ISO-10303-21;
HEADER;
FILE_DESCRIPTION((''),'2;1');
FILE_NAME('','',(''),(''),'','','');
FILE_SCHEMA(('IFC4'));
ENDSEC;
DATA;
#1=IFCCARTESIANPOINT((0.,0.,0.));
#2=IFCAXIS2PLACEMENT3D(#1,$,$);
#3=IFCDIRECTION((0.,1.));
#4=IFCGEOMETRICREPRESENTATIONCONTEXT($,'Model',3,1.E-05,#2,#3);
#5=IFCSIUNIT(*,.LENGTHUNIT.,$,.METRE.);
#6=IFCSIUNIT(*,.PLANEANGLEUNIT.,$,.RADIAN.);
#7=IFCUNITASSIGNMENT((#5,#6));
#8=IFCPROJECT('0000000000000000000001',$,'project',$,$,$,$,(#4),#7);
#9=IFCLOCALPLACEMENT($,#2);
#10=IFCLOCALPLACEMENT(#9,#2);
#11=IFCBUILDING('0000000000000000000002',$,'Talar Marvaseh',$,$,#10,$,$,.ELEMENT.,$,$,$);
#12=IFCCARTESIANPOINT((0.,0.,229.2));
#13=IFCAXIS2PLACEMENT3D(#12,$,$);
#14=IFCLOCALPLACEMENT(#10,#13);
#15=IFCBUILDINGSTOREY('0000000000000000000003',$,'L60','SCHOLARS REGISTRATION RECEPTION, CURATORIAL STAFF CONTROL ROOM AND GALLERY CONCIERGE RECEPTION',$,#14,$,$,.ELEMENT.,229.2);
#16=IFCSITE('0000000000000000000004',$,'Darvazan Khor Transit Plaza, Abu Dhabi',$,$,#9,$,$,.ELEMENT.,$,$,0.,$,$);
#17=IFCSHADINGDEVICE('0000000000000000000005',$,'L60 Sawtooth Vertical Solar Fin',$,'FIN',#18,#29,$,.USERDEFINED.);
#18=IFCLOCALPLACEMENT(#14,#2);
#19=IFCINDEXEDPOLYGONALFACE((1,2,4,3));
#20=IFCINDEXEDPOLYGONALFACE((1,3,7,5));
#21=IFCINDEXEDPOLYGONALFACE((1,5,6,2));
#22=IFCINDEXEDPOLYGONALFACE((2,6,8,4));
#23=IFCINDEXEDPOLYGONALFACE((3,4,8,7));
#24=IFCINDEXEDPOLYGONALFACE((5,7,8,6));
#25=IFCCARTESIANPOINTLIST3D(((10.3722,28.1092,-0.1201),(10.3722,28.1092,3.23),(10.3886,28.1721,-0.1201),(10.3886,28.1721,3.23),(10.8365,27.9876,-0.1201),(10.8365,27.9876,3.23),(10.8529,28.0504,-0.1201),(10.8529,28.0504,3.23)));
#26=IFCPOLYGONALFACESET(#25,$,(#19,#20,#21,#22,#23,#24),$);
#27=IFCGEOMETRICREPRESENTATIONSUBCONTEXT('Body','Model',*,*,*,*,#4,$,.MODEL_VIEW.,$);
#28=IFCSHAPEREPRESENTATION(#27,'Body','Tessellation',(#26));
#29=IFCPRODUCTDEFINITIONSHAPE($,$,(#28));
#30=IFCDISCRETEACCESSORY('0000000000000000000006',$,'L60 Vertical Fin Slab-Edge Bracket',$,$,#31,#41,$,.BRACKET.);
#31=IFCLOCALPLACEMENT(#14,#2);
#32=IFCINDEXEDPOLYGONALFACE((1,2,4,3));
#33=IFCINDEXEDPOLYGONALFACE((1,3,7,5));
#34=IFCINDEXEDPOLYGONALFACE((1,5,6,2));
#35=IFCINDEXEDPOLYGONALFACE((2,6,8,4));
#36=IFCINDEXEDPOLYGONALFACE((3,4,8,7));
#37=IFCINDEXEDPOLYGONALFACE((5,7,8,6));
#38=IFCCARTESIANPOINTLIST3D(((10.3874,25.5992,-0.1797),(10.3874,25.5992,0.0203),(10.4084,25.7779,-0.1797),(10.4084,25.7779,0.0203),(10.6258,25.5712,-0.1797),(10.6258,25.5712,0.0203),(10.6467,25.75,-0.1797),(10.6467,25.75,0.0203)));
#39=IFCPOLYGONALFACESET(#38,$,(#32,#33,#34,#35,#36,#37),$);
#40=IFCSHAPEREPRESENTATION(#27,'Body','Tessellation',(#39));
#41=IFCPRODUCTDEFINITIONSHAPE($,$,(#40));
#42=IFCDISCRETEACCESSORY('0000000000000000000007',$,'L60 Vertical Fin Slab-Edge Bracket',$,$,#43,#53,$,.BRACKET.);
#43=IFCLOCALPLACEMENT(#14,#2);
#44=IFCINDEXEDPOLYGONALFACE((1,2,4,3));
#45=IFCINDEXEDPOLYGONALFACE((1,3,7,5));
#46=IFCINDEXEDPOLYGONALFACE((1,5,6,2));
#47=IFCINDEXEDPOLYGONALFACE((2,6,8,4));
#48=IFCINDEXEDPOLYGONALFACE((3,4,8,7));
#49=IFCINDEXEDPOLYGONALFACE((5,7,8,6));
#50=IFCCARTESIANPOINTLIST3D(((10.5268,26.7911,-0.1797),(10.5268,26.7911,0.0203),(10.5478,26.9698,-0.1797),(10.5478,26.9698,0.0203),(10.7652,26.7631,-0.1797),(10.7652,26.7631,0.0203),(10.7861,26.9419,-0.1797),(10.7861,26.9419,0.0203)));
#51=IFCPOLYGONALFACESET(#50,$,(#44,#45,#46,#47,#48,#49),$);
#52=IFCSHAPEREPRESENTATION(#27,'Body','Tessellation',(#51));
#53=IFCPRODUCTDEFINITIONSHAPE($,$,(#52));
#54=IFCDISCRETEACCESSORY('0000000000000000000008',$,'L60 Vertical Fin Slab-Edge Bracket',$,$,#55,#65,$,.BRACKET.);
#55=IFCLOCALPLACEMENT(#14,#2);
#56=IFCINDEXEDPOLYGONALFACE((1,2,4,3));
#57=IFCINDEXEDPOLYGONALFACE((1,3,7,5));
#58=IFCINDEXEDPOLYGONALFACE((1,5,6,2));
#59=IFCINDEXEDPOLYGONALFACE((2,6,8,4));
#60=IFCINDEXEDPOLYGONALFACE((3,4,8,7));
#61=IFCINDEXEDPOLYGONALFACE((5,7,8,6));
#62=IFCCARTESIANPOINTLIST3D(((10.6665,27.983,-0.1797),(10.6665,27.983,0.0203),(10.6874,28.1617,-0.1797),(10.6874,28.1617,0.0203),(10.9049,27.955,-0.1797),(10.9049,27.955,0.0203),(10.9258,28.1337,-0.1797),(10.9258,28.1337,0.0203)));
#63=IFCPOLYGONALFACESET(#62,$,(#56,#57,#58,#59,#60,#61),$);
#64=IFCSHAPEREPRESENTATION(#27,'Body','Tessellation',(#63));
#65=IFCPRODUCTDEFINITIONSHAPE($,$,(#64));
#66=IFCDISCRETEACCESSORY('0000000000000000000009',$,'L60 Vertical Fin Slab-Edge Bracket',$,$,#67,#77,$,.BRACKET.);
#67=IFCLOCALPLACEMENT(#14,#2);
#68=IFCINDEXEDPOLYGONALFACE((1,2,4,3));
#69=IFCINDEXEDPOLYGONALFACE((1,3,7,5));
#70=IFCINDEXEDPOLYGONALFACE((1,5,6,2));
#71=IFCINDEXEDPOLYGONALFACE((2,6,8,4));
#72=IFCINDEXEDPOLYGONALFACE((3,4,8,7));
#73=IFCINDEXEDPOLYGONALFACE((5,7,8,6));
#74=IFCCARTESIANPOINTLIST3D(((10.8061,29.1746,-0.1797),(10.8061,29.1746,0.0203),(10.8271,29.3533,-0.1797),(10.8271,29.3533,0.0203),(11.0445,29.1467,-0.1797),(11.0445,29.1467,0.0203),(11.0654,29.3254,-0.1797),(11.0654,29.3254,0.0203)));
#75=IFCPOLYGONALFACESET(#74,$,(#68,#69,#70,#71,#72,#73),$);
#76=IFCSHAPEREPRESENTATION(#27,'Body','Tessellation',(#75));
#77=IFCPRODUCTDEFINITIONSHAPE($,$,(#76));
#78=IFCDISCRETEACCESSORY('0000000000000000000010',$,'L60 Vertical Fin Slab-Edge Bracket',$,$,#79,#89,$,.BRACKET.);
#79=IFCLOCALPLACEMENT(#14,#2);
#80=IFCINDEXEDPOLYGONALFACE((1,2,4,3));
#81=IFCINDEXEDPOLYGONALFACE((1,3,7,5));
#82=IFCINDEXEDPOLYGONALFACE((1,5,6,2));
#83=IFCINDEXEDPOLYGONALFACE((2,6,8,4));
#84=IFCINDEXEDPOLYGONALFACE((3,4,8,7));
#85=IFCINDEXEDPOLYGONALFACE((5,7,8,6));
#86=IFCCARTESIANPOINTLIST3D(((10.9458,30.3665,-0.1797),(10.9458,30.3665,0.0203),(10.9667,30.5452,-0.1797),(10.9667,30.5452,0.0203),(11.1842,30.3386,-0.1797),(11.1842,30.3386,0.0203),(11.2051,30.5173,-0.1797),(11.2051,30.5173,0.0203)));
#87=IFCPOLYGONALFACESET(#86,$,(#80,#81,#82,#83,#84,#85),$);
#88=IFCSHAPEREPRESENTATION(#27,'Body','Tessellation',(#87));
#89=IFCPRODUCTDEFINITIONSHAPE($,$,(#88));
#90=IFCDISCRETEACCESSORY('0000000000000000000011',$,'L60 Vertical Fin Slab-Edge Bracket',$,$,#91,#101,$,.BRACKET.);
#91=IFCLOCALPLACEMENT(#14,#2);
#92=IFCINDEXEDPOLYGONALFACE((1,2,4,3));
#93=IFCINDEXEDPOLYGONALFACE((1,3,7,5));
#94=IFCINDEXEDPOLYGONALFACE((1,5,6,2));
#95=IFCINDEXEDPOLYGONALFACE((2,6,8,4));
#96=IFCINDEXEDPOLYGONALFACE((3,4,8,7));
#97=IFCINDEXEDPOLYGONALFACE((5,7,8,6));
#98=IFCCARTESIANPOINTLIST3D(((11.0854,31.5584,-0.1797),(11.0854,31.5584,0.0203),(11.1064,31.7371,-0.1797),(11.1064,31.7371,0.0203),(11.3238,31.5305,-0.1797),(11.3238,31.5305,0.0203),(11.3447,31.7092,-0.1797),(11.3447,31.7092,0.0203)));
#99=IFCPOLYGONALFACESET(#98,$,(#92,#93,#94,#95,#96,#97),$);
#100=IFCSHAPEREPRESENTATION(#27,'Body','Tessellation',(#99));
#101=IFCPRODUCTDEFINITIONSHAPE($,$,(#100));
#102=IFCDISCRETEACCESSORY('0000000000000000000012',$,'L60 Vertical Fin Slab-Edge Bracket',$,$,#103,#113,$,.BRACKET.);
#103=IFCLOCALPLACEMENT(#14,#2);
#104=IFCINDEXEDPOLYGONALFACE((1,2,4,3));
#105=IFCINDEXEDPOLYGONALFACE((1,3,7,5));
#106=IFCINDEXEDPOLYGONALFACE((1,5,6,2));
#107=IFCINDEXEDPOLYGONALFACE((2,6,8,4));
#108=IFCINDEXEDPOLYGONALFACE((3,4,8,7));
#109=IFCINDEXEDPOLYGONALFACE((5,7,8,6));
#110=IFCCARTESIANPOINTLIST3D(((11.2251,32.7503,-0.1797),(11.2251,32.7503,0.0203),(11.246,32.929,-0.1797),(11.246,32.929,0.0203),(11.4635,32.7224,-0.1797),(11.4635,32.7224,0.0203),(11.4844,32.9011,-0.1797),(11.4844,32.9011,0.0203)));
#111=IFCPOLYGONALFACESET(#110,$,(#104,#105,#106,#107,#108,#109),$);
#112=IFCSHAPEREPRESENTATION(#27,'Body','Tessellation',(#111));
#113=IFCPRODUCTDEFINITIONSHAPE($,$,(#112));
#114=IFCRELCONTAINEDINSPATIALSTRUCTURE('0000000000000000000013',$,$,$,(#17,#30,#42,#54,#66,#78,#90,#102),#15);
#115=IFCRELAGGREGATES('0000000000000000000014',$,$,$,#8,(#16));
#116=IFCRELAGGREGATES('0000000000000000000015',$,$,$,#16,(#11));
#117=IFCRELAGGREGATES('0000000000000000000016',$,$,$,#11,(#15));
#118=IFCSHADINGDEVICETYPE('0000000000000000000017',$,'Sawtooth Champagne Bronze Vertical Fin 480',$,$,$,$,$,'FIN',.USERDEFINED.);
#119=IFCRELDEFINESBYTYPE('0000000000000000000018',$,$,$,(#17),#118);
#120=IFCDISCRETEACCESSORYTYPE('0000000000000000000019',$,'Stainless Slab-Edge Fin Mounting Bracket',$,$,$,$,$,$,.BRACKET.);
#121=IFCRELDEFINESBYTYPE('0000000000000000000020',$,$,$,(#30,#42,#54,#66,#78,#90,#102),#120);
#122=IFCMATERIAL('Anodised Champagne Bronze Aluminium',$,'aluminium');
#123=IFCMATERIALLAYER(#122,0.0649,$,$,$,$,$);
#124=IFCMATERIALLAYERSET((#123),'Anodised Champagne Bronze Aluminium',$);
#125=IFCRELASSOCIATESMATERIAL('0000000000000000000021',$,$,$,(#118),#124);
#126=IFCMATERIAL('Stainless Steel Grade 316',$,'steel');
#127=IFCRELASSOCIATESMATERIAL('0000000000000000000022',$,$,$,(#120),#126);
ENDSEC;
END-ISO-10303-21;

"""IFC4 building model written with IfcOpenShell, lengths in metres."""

from ifc_helpers import new_model, si_unit, direction, frame, origin, origin_2d, place, context, subcontext, project, spatial, rectangle, extrude, source, transform, mapped, material, layer, layer_set, type_object, type_shapes, element, save


model = new_model("IFC4")

# Units and contexts
model_context = context("Model", 3, precision=1e-05, world=origin(), true_north=direction((0.0, 1.0)))
body_context = subcontext(model_context, "Body", "Model", "MODEL_VIEW")
ifc_project = project(units=[si_unit("LENGTHUNIT", "METRE"), si_unit("PLANEANGLEUNIT", "RADIAN")], contexts=[model_context])

# Site, building, storey
site_placement = place(None, origin())
site = spatial("IfcSite", under=ifc_project, at=site_placement, Name="Darvazan Khor Transit Plaza, Abu Dhabi", CompositionType="ELEMENT", RefElevation=0.0)
building_placement = place(site_placement, origin())
building = spatial("IfcBuilding", under=site, at=building_placement, Name="Talar Marvaseh", CompositionType="ELEMENT")
storey_placement = place(building_placement, frame((0.0, 0.0, 229.2)))
storey = spatial("IfcBuildingStorey", under=building, at=storey_placement, Name="L60", Description="SCHOLARS REGISTRATION RECEPTION, CURATORIAL STAFF CONTROL ROOM AND GALLERY CONCIERGE RECEPTION", CompositionType="ELEMENT", Elevation=229.2)

# Shading device
ifc_material_1 = material(Name="Anodised Champagne Bronze Aluminium", Category="aluminium")
ifc_layer_1 = layer(ifc_material_1, 0.0649)
ifc_layer_set_1 = layer_set([ifc_layer_1], Name="Anodised Champagne Bronze Aluminium")
shading_device_type_1 = type_object("IfcShadingDeviceType", Name="Sawtooth Champagne Bronze Vertical Fin 480", ElementType="FIN", PredefinedType="USERDEFINED", material=ifc_layer_set_1)
shared_shape_1 = source(origin(), body_context, "Body", "SweptSolid", [
    extrude(rectangle(XDim=0.48, YDim=0.0649, at=origin_2d()), origin(), (0.0, 0.0, 1.0), 3.3501),
])
type_shapes(shading_device_type_1, [shared_shape_1])
for number, where, z_axis, x_axis, name in (
    (1, (10.6125, 28.0798, -0.1201), (0.0, 0.0, 1.0), (-0.967356, 0.25342, 0.0), "L60 Sawtooth Vertical Solar Fin"),
):
    element("IfcShadingDevice", number, at=place(storey_placement, frame(where, z_axis=z_axis, x_axis=x_axis)), inside=storey, type_object=shading_device_type_1, Name=name, ObjectType="FIN", PredefinedType="USERDEFINED", context=body_context, shape_type="MappedRepresentation", body=[
        mapped(shared_shape_1, transform((0.0, 0.0, 0.0), x_axis=(1.0, 0.0, 0.0), y_axis=(0.0, 1.0, 0.0), z_axis=(0.0, 0.0, 1.0), scale=1.0)),
    ])

# Discrete accessories
ifc_material_2 = material(Name="Stainless Steel Grade 316", Category="steel")
discrete_accessory_type = type_object("IfcDiscreteAccessoryType", Name="Stainless Slab-Edge Fin Mounting Bracket", PredefinedType="BRACKET", material=ifc_material_2)
shared_shape_2 = source(origin(), body_context, "Body", "SweptSolid", [
    extrude(rectangle(XDim=0.24, YDim=0.1799, at=origin_2d()), origin(), (0.0, 0.0, 1.0), 0.2),
])
type_shapes(discrete_accessory_type, [shared_shape_2])
for number, where, z_axis, x_axis, name in (
    (2, (10.5171, 25.6746, -0.1797), (0.0, 0.0, 1.0), (-0.993211, 0.116324, 0.0), "L60 Vertical Fin Slab-Edge Bracket"),
    (3, (10.6565, 26.8665, -0.1797), (0.0, 0.0, 1.0), (-0.993211, 0.116324, 0.0), "L60 Vertical Fin Slab-Edge Bracket"),
    (4, (10.7961, 28.0583, -0.1797), (0.0, 0.0, 1.0), (-0.993211, 0.116324, 0.0), "L60 Vertical Fin Slab-Edge Bracket"),
    (5, (10.9358, 29.25, -0.1797), (0.0, 0.0, 1.0), (-0.993211, 0.116324, 0.0), "L60 Vertical Fin Slab-Edge Bracket"),
    (6, (11.0754, 30.4419, -0.1797), (0.0, 0.0, 1.0), (-0.993211, 0.116324, 0.0), "L60 Vertical Fin Slab-Edge Bracket"),
    (7, (11.2151, 31.6338, -0.1797), (0.0, 0.0, 1.0), (-0.993211, 0.116324, 0.0), "L60 Vertical Fin Slab-Edge Bracket"),
    (8, (11.3547, 32.8257, -0.1797), (0.0, 0.0, 1.0), (-0.993211, 0.116324, 0.0), "L60 Vertical Fin Slab-Edge Bracket"),
):
    element("IfcDiscreteAccessory", number, at=place(storey_placement, frame(where, z_axis=z_axis, x_axis=x_axis)), inside=storey, type_object=discrete_accessory_type, Name=name, PredefinedType="BRACKET", context=body_context, shape_type="MappedRepresentation", body=[
        mapped(shared_shape_2, transform((0.0, 0.0, 0.0), x_axis=(1.0, 0.0, 0.0), y_axis=(0.0, 1.0, 0.0), z_axis=(0.0, 0.0, 1.0), scale=1.0)),
    ])

save(model, "model.ifc")
